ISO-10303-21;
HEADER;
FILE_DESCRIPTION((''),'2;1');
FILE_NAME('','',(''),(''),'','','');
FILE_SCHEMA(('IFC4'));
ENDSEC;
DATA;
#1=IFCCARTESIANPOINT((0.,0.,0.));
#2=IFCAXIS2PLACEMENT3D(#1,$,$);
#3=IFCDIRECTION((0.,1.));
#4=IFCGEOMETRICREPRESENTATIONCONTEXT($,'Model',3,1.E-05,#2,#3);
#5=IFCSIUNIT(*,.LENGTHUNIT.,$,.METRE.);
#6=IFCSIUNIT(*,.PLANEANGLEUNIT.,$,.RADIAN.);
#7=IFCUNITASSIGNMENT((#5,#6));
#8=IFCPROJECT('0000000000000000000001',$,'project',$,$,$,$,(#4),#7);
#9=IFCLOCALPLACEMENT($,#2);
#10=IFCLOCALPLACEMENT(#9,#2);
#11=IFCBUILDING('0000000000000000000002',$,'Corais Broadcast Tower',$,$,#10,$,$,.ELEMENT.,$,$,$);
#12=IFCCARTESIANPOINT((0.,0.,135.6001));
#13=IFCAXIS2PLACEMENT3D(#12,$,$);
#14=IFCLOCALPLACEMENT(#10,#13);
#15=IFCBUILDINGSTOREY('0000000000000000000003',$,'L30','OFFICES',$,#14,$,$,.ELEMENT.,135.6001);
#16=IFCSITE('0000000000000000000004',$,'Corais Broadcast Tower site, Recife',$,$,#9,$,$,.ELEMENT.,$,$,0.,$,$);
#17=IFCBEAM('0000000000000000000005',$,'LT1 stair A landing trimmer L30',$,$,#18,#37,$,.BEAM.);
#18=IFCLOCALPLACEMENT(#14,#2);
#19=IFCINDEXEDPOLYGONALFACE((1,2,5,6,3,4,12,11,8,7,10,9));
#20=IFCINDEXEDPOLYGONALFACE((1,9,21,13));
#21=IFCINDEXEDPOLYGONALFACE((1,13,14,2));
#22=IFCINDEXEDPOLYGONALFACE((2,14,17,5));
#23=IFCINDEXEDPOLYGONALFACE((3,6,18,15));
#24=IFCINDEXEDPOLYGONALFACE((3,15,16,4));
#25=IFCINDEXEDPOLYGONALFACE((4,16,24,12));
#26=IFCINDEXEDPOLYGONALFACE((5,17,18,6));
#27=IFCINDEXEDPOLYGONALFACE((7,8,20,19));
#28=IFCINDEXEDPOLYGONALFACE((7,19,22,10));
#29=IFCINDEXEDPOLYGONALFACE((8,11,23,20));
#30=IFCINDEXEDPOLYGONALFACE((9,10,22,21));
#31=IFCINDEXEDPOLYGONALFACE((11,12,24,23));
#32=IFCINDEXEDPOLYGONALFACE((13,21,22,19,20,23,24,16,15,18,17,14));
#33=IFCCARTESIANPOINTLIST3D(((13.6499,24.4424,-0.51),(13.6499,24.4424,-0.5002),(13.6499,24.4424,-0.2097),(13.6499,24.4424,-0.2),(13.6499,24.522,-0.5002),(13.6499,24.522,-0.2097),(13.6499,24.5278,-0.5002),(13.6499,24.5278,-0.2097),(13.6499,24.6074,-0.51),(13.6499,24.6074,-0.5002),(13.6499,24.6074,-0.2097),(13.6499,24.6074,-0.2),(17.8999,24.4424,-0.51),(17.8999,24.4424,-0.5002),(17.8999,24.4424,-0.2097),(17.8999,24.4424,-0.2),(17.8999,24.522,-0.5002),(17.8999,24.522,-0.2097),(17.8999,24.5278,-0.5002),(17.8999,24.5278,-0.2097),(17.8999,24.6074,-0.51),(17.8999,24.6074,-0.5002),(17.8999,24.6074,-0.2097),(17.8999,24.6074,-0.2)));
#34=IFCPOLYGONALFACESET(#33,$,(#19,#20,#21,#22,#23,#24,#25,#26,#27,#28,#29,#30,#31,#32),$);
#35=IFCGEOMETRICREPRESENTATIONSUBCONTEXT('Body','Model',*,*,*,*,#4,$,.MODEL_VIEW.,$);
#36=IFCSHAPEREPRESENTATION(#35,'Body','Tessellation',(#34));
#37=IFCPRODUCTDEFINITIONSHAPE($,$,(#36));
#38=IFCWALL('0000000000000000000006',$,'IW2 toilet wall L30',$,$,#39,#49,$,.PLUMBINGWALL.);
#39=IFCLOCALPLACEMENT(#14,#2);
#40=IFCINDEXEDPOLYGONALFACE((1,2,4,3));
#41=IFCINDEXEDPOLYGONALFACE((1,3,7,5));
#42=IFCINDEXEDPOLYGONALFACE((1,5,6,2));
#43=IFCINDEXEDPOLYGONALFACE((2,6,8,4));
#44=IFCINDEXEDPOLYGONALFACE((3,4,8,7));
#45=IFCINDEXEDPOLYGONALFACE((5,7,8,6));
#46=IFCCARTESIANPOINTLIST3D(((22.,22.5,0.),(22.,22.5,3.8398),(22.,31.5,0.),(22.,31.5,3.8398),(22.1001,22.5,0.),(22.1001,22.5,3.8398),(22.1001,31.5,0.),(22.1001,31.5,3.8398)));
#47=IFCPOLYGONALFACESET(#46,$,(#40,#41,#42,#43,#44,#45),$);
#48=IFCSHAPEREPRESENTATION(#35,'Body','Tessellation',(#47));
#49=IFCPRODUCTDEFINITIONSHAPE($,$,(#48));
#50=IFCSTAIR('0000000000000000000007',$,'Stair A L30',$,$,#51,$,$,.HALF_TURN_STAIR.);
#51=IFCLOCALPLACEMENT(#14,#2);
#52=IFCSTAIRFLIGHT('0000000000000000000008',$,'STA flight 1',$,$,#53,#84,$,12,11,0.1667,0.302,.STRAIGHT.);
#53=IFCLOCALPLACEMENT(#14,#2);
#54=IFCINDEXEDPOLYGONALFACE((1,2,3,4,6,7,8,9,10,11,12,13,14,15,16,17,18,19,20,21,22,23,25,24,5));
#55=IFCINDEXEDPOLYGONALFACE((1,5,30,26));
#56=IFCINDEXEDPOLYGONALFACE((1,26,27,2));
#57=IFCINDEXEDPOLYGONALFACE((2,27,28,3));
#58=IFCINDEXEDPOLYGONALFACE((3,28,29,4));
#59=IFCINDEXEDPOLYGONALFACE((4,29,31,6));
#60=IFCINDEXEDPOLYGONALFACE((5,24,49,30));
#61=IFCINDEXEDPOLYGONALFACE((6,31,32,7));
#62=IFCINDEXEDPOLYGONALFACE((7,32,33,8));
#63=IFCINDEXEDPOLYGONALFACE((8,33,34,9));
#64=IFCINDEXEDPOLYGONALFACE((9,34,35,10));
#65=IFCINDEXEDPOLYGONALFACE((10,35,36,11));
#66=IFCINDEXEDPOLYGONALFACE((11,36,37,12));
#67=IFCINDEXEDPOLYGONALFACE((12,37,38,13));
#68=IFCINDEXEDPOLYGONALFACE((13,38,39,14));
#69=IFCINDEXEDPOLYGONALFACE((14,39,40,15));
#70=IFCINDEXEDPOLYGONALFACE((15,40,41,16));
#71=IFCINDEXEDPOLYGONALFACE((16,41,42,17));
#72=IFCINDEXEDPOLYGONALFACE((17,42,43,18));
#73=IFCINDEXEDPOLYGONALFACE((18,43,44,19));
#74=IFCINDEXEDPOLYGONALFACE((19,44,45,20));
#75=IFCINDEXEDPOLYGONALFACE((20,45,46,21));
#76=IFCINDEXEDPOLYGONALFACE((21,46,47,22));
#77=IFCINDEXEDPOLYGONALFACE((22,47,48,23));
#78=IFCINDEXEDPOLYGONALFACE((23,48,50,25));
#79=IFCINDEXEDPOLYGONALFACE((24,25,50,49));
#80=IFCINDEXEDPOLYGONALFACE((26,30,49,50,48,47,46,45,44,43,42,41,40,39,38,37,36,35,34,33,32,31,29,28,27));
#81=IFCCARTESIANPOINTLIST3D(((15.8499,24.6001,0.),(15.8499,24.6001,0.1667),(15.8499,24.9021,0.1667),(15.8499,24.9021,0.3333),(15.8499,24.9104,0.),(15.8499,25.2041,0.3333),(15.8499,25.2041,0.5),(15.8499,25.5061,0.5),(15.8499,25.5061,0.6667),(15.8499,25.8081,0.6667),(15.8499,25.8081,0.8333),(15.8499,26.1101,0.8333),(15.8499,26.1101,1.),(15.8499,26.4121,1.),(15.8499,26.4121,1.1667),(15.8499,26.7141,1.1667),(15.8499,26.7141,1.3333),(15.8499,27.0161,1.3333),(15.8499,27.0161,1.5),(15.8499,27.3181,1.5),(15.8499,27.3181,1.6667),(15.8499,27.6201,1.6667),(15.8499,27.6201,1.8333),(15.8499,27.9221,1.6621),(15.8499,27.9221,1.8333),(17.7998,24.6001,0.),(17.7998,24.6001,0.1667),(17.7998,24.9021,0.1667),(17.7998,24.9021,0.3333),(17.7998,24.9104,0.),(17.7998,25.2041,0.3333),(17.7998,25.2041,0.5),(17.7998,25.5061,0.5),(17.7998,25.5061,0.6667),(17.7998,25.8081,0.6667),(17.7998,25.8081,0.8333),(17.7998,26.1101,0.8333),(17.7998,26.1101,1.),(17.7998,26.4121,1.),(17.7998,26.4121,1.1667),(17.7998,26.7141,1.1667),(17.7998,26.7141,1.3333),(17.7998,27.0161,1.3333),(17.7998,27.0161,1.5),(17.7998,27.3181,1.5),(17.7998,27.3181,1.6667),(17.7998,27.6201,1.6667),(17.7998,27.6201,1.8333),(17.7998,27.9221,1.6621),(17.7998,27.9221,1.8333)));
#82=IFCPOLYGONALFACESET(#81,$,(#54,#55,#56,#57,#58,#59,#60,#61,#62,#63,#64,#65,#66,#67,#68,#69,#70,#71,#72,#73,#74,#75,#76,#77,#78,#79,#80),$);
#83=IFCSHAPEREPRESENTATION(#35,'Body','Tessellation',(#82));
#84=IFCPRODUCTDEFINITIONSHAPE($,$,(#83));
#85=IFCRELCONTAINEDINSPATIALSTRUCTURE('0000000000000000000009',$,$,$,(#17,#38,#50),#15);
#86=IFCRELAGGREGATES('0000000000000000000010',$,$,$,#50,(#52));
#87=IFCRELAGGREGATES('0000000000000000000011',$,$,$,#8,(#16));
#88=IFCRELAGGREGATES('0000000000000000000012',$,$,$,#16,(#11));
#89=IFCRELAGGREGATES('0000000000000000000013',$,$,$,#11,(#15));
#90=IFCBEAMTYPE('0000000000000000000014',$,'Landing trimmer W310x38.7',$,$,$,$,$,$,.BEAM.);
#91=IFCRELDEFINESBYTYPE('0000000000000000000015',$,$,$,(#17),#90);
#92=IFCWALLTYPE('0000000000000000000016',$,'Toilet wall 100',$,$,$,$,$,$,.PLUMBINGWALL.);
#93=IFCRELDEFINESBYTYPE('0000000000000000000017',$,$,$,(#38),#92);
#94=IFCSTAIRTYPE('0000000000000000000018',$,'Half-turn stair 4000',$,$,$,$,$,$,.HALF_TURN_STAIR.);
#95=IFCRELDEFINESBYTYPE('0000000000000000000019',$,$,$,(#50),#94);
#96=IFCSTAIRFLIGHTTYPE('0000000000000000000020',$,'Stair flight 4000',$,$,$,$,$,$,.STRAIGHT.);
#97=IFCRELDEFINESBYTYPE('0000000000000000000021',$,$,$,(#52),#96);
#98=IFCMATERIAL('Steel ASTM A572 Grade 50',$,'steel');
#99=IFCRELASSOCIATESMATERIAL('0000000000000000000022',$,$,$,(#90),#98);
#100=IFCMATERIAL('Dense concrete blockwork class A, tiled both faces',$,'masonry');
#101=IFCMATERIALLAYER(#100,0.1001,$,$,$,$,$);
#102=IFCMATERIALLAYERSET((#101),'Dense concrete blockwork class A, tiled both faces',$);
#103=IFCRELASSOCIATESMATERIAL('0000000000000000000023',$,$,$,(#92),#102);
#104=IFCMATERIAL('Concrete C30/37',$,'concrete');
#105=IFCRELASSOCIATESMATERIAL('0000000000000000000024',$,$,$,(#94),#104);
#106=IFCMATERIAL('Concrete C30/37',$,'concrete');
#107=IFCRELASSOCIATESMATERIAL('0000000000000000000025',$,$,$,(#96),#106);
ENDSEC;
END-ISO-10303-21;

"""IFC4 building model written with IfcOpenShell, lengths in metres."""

from ifc_helpers import new_model, si_unit, direction, frame, frame_2d, origin, origin_2d, place, context, subcontext, project, spatial, polyline, rectangle, i_section, outline, extrude, material, layer, layer_set, material_profile, profile_set, type_object, element, aggregate, save


model = new_model("IFC4")

# Units and contexts
model_context = context("Model", 3, precision=1e-05, world=origin(), true_north=direction((0.0, 1.0)))
body_context = subcontext(model_context, "Body", "Model", "MODEL_VIEW")
ifc_project = project(units=[si_unit("LENGTHUNIT", "METRE"), si_unit("PLANEANGLEUNIT", "RADIAN")], contexts=[model_context])

# Site, building, storey
site_placement = place(None, origin())
site = spatial("IfcSite", under=ifc_project, at=site_placement, Name="Corais Broadcast Tower site, Recife", CompositionType="ELEMENT", RefElevation=0.0)
building_placement = place(site_placement, origin())
building = spatial("IfcBuilding", under=site, at=building_placement, Name="Corais Broadcast Tower", CompositionType="ELEMENT")
storey_placement = place(building_placement, frame((0.0, 0.0, 135.6001)))
storey = spatial("IfcBuildingStorey", under=building, at=storey_placement, Name="L30", Description="OFFICES", CompositionType="ELEMENT", Elevation=135.6001)

# Beam
ifc_material_1 = material(Name="Steel ASTM A572 Grade 50", Category="steel")
ifc_material_profile = material_profile(ifc_material_1, i_section(OverallWidth=0.165, OverallDepth=0.3101, WebThickness=0.0059, FlangeThickness=0.0098, at=origin_2d()), Name="W310x38.7")
ifc_profile_set = profile_set([ifc_material_profile], Name="Steel ASTM A572 Grade 50")
beam_type = type_object("IfcBeamType", Name="Landing trimmer W310x38.7", PredefinedType="BEAM", material=ifc_profile_set)
beam_placement = place(storey_placement, frame((13.6499, 24.5249, -0.355), z_axis=(1.0, 0.0, 0.0), x_axis=(0.0, 1.0, 0.0)))
element("IfcBeam", 1, at=beam_placement, inside=storey, type_object=beam_type, Name="LT1 stair A landing trimmer L30", PredefinedType="BEAM", context=body_context, shape_type="SweptSolid", body=[
    extrude(i_section(OverallWidth=0.165, OverallDepth=0.3101, WebThickness=0.0059, FlangeThickness=0.0098, at=origin_2d()), origin(), (0.0, 0.0, 1.0), 4.25),
])

# Wall
ifc_material_2 = material(Name="Dense concrete blockwork class A, tiled both faces", Category="masonry")
ifc_layer = layer(ifc_material_2, 0.1001)
ifc_layer_set = layer_set([ifc_layer], Name="Dense concrete blockwork class A, tiled both faces")
wall_type = type_object("IfcWallType", Name="Toilet wall 100", PredefinedType="PLUMBINGWALL", material=ifc_layer_set)
wall_placement = place(storey_placement, frame((22.05, 22.5, 0.0), z_axis=(0.0, 0.0, 1.0), x_axis=(0.0, 1.0, 0.0)))
element("IfcWall", 2, at=wall_placement, inside=storey, type_object=wall_type, Name="IW2 toilet wall L30", PredefinedType="PLUMBINGWALL", context=body_context, shape_type="SweptSolid", body=[
    extrude(rectangle(XDim=9.0, YDim=0.1001, at=frame_2d((4.5, 0.0))), origin(), (0.0, 0.0, 1.0), 3.8398),
])

# Stair, stair flight
ifc_material_3 = material(Name="Concrete C30/37", Category="concrete")
stair_type = type_object("IfcStairType", Name="Half-turn stair 4000", PredefinedType="HALF_TURN_STAIR", material=ifc_material_3)
stair_placement = place(storey_placement, origin())
stair = element("IfcStair", 3, at=stair_placement, inside=storey, type_object=stair_type, Name="Stair A L30", PredefinedType="HALF_TURN_STAIR")
ifc_material_4 = material(Name="Concrete C30/37", Category="concrete")
stair_flight_type = type_object("IfcStairFlightType", Name="Stair flight 4000", PredefinedType="STRAIGHT", material=ifc_material_4)
stair_flight_placement = place(storey_placement, frame((16.825, 24.6001, 0.0), z_axis=(0.0, 0.0, 1.0), x_axis=(0.0, 1.0, 0.0)))
stair_flight = element("IfcStairFlight", 4, at=stair_flight_placement, type_object=stair_flight_type, Name="STA flight 1", NumberOfRisers=12, NumberOfTreads=11, PredefinedType="STRAIGHT", RiserHeight=0.1667, TreadLength=0.302, context=body_context, shape_type="SweptSolid", body=[
    extrude(outline(polyline([(0.0, 0.0), (0.0, 0.1667), (0.302, 0.1667), (0.302, 0.3333), (0.604, 0.3333), (0.604, 0.5), (0.906, 0.5), (0.906, 0.6667), (1.208, 0.6667), (1.208, 0.8333), (1.51, 0.8333), (1.51, 1.0), (1.812, 1.0), (1.812, 1.1667), (2.114, 1.1667), (2.114, 1.3333), (2.416, 1.3333), (2.416, 1.5), (2.718, 1.5), (2.718, 1.6667), (3.02, 1.6667), (3.02, 1.8333), (3.322, 1.8333), (3.322, 2.0), (3.322, 1.6621), (0.3103, 0.0), (0.0, 0.0)])), frame((0.0, 0.9751, 0.0), z_axis=(0.0, -1.0, 0.0), x_axis=(1.0, 0.0, 0.0)), (0.0, 0.0, 1.0), 1.95),
])
aggregate(stair, [stair_flight])

save(model, "model.ifc")
